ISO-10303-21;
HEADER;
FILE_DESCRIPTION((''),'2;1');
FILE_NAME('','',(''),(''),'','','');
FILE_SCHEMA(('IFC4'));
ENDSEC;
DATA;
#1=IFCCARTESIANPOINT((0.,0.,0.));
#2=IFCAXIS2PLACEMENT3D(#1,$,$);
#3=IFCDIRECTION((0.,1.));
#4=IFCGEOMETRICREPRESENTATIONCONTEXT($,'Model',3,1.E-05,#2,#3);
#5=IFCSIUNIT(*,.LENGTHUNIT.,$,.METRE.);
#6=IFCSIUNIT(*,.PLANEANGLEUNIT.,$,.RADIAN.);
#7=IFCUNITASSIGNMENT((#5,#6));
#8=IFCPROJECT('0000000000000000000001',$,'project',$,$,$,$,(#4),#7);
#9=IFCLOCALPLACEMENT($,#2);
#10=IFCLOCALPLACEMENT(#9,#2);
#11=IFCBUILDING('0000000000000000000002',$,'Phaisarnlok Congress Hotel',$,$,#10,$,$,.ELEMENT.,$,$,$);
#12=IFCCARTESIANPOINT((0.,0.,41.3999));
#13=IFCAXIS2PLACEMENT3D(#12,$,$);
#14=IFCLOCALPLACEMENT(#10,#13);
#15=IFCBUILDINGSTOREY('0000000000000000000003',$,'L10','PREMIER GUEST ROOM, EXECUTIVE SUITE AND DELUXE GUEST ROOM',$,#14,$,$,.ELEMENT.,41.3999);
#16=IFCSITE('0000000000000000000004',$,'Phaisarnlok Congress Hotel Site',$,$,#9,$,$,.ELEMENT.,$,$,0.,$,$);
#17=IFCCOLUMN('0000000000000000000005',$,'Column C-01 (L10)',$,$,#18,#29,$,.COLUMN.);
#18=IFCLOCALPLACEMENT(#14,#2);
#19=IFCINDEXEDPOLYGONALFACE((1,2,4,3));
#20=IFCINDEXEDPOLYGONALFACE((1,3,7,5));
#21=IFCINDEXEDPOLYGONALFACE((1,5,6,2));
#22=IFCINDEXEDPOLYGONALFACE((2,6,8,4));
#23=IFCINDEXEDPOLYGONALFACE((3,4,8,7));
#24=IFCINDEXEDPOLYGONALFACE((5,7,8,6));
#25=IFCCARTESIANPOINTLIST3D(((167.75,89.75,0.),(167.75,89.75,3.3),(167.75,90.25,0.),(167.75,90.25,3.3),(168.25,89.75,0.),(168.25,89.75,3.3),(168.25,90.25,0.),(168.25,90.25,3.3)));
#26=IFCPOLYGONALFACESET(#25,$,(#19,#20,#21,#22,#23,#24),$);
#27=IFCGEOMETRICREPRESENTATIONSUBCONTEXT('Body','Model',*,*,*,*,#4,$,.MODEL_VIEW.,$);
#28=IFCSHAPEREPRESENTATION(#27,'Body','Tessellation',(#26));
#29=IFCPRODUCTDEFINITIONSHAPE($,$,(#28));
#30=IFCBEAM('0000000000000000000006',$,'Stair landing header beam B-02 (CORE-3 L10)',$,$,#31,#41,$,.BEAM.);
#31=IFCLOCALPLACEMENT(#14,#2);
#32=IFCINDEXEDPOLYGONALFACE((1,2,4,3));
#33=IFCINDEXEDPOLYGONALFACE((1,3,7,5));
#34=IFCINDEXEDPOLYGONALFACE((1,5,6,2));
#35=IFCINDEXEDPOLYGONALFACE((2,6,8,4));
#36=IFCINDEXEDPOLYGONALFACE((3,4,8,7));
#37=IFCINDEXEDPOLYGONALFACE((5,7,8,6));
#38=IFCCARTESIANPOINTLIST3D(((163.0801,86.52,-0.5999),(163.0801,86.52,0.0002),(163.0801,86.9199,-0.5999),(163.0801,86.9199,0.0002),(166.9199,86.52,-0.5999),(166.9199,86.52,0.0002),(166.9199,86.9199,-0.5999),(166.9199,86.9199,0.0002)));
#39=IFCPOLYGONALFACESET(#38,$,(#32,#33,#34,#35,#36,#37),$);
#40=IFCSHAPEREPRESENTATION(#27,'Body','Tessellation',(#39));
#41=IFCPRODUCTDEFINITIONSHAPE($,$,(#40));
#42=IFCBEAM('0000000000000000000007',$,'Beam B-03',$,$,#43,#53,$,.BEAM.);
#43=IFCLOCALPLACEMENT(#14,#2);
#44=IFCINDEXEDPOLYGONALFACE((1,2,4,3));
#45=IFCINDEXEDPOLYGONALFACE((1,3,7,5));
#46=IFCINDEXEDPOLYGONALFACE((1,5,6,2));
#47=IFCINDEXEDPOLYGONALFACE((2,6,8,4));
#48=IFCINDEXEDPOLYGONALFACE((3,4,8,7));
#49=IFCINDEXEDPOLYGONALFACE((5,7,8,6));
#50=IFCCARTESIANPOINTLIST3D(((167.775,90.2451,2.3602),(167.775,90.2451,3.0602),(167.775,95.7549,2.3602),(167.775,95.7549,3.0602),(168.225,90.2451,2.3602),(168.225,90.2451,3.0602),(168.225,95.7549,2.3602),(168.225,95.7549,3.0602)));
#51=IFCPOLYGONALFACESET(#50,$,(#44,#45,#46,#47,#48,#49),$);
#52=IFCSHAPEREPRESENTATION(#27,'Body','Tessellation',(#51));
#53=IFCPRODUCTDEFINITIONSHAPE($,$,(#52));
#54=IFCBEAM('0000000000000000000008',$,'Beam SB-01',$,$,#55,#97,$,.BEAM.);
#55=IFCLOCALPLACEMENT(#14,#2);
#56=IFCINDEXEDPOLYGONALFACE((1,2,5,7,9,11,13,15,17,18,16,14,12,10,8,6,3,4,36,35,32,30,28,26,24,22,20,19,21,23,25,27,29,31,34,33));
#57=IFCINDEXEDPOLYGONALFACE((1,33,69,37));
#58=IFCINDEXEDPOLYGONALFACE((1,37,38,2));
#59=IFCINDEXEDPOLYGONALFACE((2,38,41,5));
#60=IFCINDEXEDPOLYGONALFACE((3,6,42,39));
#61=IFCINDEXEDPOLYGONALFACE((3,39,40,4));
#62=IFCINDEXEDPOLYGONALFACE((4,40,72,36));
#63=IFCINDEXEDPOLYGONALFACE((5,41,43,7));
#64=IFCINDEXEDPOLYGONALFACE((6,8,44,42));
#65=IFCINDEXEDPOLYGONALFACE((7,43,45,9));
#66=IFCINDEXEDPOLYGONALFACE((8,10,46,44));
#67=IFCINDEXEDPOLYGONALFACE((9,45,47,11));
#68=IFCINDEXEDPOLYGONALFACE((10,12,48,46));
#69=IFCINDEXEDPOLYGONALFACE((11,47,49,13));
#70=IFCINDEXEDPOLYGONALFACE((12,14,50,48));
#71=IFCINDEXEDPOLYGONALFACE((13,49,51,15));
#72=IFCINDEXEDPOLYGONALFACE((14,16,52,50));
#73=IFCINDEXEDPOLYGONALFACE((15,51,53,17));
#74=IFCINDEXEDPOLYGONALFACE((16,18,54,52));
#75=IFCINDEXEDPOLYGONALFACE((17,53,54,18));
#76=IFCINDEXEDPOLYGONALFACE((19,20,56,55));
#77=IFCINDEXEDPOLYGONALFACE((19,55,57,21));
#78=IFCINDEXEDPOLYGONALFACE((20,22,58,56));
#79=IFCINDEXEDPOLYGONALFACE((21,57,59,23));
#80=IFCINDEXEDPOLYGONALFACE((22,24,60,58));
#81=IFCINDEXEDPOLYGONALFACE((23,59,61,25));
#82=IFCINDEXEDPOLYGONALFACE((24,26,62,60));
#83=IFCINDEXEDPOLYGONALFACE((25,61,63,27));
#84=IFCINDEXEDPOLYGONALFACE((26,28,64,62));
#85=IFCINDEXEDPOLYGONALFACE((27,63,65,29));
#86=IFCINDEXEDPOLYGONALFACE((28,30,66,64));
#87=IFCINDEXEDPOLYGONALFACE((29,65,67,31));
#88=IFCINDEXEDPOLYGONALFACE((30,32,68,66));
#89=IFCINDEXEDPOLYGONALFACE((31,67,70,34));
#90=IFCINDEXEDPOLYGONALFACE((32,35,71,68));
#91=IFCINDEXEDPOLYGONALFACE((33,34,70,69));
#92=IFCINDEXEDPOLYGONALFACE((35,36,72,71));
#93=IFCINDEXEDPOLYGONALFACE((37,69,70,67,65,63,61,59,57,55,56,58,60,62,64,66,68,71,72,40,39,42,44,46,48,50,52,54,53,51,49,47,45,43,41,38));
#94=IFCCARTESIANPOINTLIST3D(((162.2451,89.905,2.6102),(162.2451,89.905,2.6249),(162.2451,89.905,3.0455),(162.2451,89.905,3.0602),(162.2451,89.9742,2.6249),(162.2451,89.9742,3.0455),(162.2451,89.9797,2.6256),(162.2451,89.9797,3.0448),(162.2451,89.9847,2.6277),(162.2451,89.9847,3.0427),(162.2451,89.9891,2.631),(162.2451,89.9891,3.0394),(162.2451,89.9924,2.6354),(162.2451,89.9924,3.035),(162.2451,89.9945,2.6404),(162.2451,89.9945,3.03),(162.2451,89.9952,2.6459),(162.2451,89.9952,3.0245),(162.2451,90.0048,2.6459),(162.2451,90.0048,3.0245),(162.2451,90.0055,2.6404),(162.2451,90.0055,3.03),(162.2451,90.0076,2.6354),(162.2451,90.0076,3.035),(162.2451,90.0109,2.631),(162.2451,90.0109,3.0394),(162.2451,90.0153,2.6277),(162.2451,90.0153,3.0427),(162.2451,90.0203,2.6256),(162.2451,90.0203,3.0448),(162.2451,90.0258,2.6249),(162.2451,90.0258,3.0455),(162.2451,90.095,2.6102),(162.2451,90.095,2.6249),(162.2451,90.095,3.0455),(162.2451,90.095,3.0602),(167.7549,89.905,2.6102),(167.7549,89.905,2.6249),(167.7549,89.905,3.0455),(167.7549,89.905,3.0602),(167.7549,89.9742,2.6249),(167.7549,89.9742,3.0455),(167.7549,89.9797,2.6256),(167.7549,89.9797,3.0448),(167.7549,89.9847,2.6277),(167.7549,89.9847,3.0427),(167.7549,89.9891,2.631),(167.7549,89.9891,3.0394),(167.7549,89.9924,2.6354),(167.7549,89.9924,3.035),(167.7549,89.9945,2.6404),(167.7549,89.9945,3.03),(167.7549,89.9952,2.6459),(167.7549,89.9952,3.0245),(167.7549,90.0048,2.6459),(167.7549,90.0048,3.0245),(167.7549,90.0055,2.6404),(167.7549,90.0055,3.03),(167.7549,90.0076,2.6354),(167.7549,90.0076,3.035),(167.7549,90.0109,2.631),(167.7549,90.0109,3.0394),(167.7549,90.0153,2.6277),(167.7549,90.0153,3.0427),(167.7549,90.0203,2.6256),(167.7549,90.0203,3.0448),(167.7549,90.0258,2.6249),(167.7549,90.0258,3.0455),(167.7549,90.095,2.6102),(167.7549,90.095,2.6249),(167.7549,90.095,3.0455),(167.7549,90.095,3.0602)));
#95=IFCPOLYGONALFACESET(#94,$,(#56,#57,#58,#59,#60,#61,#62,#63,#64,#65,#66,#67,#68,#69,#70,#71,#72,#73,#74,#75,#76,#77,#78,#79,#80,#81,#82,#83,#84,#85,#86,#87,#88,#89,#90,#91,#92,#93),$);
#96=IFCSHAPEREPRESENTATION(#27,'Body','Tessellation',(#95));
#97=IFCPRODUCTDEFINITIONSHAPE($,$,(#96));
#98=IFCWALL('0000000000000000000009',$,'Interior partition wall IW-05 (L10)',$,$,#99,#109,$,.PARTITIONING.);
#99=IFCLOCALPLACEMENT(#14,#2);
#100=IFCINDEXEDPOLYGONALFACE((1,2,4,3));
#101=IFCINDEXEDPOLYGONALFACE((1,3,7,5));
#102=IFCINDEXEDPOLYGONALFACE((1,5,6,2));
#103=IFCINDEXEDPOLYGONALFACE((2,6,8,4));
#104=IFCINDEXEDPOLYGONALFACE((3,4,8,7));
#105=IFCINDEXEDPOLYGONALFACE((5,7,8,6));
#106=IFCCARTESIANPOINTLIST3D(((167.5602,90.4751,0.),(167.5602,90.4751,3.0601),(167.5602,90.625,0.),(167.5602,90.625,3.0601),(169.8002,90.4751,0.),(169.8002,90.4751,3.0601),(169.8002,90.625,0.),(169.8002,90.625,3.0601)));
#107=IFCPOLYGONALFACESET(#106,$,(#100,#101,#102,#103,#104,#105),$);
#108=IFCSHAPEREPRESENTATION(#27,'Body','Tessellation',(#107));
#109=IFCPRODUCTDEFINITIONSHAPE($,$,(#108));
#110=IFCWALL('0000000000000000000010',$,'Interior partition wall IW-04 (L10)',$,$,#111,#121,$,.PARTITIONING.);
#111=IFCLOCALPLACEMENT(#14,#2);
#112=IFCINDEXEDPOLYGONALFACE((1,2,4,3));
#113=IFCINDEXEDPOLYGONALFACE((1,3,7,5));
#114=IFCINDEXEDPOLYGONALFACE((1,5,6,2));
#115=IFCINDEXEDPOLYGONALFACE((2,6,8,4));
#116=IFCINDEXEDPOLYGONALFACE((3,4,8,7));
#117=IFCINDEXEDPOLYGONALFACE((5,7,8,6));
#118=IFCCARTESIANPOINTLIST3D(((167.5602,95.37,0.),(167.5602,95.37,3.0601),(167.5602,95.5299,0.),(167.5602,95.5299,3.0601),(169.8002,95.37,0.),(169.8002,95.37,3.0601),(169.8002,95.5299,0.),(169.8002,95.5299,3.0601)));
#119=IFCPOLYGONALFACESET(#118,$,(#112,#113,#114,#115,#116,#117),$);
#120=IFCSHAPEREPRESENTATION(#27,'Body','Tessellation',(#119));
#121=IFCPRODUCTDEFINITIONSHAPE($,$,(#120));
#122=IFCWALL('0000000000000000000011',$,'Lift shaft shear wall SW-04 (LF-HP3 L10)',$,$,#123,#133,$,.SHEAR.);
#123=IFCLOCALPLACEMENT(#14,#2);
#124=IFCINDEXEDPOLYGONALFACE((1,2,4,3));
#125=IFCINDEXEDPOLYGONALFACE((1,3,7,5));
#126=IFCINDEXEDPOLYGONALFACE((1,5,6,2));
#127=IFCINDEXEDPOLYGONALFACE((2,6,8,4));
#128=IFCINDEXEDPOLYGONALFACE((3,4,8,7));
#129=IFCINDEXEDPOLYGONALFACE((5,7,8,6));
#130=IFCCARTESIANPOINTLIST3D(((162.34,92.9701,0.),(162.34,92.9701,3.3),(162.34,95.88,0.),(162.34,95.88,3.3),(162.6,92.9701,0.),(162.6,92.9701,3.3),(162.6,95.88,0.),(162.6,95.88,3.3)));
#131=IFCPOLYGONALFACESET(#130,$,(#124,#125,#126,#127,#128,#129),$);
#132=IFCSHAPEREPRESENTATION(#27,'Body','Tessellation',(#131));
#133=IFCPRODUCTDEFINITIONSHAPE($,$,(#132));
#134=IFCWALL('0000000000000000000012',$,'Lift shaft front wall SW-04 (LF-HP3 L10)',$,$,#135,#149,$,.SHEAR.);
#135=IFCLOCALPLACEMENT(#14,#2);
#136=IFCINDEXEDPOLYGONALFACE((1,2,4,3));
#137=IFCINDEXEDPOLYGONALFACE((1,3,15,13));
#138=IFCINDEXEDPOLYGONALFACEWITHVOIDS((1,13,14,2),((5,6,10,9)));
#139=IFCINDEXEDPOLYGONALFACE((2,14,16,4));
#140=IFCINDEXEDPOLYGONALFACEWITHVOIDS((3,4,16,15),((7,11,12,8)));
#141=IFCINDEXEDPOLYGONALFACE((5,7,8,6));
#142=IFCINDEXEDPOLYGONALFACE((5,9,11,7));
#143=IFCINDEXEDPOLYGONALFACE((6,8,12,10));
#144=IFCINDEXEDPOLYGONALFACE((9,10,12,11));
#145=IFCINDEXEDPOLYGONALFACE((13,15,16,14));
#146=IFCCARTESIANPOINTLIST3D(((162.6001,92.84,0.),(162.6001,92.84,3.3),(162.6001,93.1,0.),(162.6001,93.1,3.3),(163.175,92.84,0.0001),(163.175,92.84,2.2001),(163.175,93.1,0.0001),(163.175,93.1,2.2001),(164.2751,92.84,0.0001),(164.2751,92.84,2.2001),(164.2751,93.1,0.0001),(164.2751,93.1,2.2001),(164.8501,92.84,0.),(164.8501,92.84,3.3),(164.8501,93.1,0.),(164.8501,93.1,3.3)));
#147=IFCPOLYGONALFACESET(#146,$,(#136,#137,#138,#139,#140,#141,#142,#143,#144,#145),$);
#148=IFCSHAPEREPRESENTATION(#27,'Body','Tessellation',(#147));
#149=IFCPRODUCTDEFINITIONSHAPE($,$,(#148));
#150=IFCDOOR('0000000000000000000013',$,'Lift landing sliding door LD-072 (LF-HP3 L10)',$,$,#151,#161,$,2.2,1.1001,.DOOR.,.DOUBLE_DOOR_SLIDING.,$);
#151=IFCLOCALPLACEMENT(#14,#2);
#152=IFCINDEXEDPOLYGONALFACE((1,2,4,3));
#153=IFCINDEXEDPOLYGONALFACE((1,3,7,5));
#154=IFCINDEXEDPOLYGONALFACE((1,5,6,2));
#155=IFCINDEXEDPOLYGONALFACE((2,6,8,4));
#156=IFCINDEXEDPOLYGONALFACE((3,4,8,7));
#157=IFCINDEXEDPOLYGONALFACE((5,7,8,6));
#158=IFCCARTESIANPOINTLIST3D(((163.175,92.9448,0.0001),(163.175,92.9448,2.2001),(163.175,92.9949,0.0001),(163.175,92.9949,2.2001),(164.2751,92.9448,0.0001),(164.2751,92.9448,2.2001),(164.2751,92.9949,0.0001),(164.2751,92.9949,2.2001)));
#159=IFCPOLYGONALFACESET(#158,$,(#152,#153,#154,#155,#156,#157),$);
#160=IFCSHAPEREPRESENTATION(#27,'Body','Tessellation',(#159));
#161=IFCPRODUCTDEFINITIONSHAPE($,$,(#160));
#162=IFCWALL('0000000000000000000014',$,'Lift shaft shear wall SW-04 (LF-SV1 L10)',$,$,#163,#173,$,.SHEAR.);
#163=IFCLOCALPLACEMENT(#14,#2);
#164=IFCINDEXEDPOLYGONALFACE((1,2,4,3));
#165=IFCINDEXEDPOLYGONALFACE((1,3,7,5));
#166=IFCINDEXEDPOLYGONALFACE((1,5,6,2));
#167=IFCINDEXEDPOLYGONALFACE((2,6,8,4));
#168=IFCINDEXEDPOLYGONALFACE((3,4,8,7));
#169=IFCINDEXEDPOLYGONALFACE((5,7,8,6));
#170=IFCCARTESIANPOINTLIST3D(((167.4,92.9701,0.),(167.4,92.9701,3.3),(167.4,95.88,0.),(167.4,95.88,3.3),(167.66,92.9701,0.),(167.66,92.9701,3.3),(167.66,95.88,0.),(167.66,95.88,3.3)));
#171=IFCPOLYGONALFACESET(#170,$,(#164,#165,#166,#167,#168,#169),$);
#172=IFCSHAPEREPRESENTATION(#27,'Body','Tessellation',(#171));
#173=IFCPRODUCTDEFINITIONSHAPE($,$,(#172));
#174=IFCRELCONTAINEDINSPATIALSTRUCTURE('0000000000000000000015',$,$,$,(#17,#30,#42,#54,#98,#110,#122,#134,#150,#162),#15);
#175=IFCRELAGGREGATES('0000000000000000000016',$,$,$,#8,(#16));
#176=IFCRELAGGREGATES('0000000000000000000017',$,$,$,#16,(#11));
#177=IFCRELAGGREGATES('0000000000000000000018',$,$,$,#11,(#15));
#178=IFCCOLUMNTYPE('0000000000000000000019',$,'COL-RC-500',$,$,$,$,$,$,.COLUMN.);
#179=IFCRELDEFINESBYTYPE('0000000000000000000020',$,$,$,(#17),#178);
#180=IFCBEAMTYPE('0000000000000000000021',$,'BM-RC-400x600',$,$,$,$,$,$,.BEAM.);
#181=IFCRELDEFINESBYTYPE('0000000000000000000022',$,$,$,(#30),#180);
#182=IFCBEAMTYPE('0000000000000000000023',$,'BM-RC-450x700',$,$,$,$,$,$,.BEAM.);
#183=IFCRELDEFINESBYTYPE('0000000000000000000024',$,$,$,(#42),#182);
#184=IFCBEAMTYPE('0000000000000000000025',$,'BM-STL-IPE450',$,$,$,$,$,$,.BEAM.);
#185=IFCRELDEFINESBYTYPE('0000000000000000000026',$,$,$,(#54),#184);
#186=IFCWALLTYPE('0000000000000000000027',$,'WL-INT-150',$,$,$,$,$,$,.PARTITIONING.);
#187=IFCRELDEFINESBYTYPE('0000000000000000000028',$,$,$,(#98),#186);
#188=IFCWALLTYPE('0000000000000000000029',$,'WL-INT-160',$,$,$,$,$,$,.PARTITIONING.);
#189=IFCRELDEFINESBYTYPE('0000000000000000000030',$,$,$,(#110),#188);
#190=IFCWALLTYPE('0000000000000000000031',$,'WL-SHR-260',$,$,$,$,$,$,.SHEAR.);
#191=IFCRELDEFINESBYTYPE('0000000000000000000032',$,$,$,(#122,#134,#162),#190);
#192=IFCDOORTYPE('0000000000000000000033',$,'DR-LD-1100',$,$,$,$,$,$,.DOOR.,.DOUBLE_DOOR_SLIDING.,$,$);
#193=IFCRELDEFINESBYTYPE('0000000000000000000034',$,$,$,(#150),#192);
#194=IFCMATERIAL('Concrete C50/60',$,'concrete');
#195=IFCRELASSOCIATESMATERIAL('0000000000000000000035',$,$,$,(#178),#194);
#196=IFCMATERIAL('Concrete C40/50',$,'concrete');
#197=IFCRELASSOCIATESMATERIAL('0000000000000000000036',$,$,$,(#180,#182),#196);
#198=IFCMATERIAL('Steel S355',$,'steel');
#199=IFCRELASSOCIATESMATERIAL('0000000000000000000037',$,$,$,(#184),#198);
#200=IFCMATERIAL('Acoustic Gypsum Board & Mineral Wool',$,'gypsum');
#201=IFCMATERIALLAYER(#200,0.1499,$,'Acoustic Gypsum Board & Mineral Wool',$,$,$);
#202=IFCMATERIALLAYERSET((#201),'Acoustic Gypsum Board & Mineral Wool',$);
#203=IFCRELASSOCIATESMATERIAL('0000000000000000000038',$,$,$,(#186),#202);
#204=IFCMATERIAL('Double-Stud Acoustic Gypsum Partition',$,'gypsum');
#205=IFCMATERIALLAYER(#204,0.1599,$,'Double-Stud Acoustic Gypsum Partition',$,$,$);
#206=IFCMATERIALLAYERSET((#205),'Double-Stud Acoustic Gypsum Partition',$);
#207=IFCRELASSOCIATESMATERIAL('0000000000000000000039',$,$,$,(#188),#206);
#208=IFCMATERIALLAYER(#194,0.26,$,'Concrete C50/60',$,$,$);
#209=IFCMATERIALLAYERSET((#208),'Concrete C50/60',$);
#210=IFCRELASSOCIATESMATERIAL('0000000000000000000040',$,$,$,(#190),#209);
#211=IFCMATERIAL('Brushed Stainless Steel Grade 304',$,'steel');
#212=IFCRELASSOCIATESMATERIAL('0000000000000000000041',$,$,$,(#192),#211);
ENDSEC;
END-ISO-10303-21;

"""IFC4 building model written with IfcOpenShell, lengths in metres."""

from ifc_helpers import new_model, si_unit, direction, frame, frame_2d, origin, origin_2d, place, context, subcontext, project, spatial, rectangle, i_section, extrude, material, layer, layer_set, material_profile, profile_set, type_object, element, fill, save


model = new_model("IFC4")

# Units and contexts
model_context = context("Model", 3, precision=1e-05, world=origin(), true_north=direction((0.0, 1.0)))
body_context = subcontext(model_context, "Body", "Model", "MODEL_VIEW")
ifc_project = project(units=[si_unit("LENGTHUNIT", "METRE"), si_unit("PLANEANGLEUNIT", "RADIAN")], contexts=[model_context])

# Site, building, storey
site_placement = place(None, origin())
site = spatial("IfcSite", under=ifc_project, at=site_placement, Name="Phaisarnlok Congress Hotel Site", CompositionType="ELEMENT", RefElevation=0.0)
building_placement = place(site_placement, origin())
building = spatial("IfcBuilding", under=site, at=building_placement, Name="Phaisarnlok Congress Hotel", CompositionType="ELEMENT")
storey_placement = place(building_placement, frame((0.0, 0.0, 41.3999)))
storey = spatial("IfcBuildingStorey", under=building, at=storey_placement, Name="L10", Description="PREMIER GUEST ROOM, EXECUTIVE SUITE AND DELUXE GUEST ROOM", CompositionType="ELEMENT", Elevation=41.3999)

# Column
ifc_material_1 = material(Name="Concrete C50/60", Category="concrete")
ifc_material_profile_1 = material_profile(ifc_material_1, rectangle(XDim=0.5, YDim=0.5, at=origin_2d()), Name="RC 500x500")
ifc_profile_set_1 = profile_set([ifc_material_profile_1], Name="Concrete C50/60")
column_type = type_object("IfcColumnType", Name="COL-RC-500", PredefinedType="COLUMN", material=ifc_profile_set_1)
column_placement = place(storey_placement, frame((168.0, 90.0, 0.0), z_axis=(0.0, 0.0, 1.0), x_axis=(1.0, 0.0, 0.0)))
element("IfcColumn", 1, at=column_placement, inside=storey, type_object=column_type, Name="Column C-01 (L10)", PredefinedType="COLUMN", context=body_context, shape_type="SweptSolid", body=[
    extrude(rectangle(XDim=0.5, YDim=0.5, at=origin_2d()), origin(), (0.0, 0.0, 1.0), 3.3),
])

# Beams
ifc_material_2 = material(Name="Concrete C40/50", Category="concrete")
ifc_material_profile_2 = material_profile(ifc_material_2, rectangle(XDim=0.3999, YDim=0.6001, at=origin_2d()), Name="RC 400x600")
ifc_profile_set_2 = profile_set([ifc_material_profile_2], Name="Concrete C40/50")
beam_type_1 = type_object("IfcBeamType", Name="BM-RC-400x600", PredefinedType="BEAM", material=ifc_profile_set_2)
beam_1_placement = place(storey_placement, frame((163.0801, 86.72, -0.2998), z_axis=(1.0, 0.0, 0.0), x_axis=(0.0, 1.0, 0.0)))
element("IfcBeam", 2, at=beam_1_placement, inside=storey, type_object=beam_type_1, Name="Stair landing header beam B-02 (CORE-3 L10)", PredefinedType="BEAM", context=body_context, shape_type="SweptSolid", body=[
    extrude(rectangle(XDim=0.3999, YDim=0.6001, at=origin_2d()), origin(), (0.0, 0.0, 1.0), 3.8398),
])
ifc_material_profile_3 = material_profile(ifc_material_2, rectangle(XDim=0.45, YDim=0.7, at=origin_2d()), Name="RC 450x700")
ifc_profile_set_3 = profile_set([ifc_material_profile_3], Name="Concrete C40/50")
beam_type_2 = type_object("IfcBeamType", Name="BM-RC-450x700", PredefinedType="BEAM", material=ifc_profile_set_3)
beam_2_placement = place(storey_placement, frame((168.0, 90.2451, 2.7102), z_axis=(0.0, 1.0, 0.0), x_axis=(-1.0, 0.0, 0.0)))
element("IfcBeam", 3, at=beam_2_placement, inside=storey, type_object=beam_type_2, Name="Beam B-03", PredefinedType="BEAM", context=body_context, shape_type="SweptSolid", body=[
    extrude(rectangle(XDim=0.45, YDim=0.7, at=origin_2d()), origin(), (0.0, 0.0, 1.0), 5.5098),
])
ifc_material_3 = material(Name="Steel S355", Category="steel")
ifc_material_profile_4 = material_profile(ifc_material_3, i_section(OverallWidth=0.1899, OverallDepth=0.45, WebThickness=0.0095, FlangeThickness=0.0146, FilletRadius=0.021, at=origin_2d()), Name="IPE 450")
ifc_profile_set_4 = profile_set([ifc_material_profile_4], Name="Steel S355")
beam_type_3 = type_object("IfcBeamType", Name="BM-STL-IPE450", PredefinedType="BEAM", material=ifc_profile_set_4)
beam_3_placement = place(storey_placement, frame((162.2451, 90.0, 2.8352), z_axis=(1.0, 0.0, 0.0), x_axis=(0.0, 1.0, 0.0)))
element("IfcBeam", 4, at=beam_3_placement, inside=storey, type_object=beam_type_3, Name="Beam SB-01", PredefinedType="BEAM", context=body_context, shape_type="SweptSolid", body=[
    extrude(i_section(OverallWidth=0.1899, OverallDepth=0.45, WebThickness=0.0095, FlangeThickness=0.0146, FilletRadius=0.021, at=origin_2d()), origin(), (0.0, 0.0, 1.0), 5.5098),
])

# Walls
ifc_material_4 = material(Name="Acoustic Gypsum Board & Mineral Wool", Category="gypsum")
ifc_layer_1 = layer(ifc_material_4, 0.1499, Name="Acoustic Gypsum Board & Mineral Wool")
ifc_layer_set_1 = layer_set([ifc_layer_1], Name="Acoustic Gypsum Board & Mineral Wool")
wall_type_1 = type_object("IfcWallType", Name="WL-INT-150", PredefinedType="PARTITIONING", material=ifc_layer_set_1)
wall_1_placement = place(storey_placement, frame((167.5601, 90.55, 0.0), z_axis=(0.0, 0.0, 1.0), x_axis=(1.0, 0.0, 0.0)))
element("IfcWall", 5, at=wall_1_placement, inside=storey, type_object=wall_type_1, Name="Interior partition wall IW-05 (L10)", PredefinedType="PARTITIONING", context=body_context, shape_type="SweptSolid", body=[
    extrude(rectangle(XDim=2.24, YDim=0.1499, at=frame_2d((1.1201, 0.0))), origin(), (0.0, 0.0, 1.0), 3.0601),
])
ifc_material_5 = material(Name="Double-Stud Acoustic Gypsum Partition", Category="gypsum")
ifc_layer_2 = layer(ifc_material_5, 0.1599, Name="Double-Stud Acoustic Gypsum Partition")
ifc_layer_set_2 = layer_set([ifc_layer_2], Name="Double-Stud Acoustic Gypsum Partition")
wall_type_2 = type_object("IfcWallType", Name="WL-INT-160", PredefinedType="PARTITIONING", material=ifc_layer_set_2)
wall_2_placement = place(storey_placement, frame((167.5601, 95.45, 0.0), z_axis=(0.0, 0.0, 1.0), x_axis=(1.0, 0.0, 0.0)))
element("IfcWall", 6, at=wall_2_placement, inside=storey, type_object=wall_type_2, Name="Interior partition wall IW-04 (L10)", PredefinedType="PARTITIONING", context=body_context, shape_type="SweptSolid", body=[
    extrude(rectangle(XDim=2.24, YDim=0.1599, at=frame_2d((1.1201, 0.0))), origin(), (0.0, 0.0, 1.0), 3.0601),
])

# Shared definitions
ifc_layer_3 = layer(ifc_material_1, 0.26, Name="Concrete C50/60")
ifc_layer_set_3 = layer_set([ifc_layer_3], Name="Concrete C50/60")
wall_type_3 = type_object("IfcWallType", Name="WL-SHR-260", PredefinedType="SHEAR", material=ifc_layer_set_3)

# Wall
wall_3_placement = place(storey_placement, frame((162.47, 92.97, 0.0), z_axis=(0.0, 0.0, 1.0), x_axis=(0.0, 1.0, 0.0)))
element("IfcWall", 7, at=wall_3_placement, inside=storey, type_object=wall_type_3, Name="Lift shaft shear wall SW-04 (LF-HP3 L10)", PredefinedType="SHEAR", context=body_context, shape_type="SweptSolid", body=[
    extrude(rectangle(XDim=2.9099, YDim=0.26, at=frame_2d((1.4551, 0.0))), origin(), (0.0, 0.0, 1.0), 3.3),
])

# Wall, opening, door
wall_4_placement = place(storey_placement, frame((162.6001, 92.97, 0.0), z_axis=(0.0, 0.0, 1.0), x_axis=(1.0, 0.0, 0.0)))
wall_4 = element("IfcWall", 8, at=wall_4_placement, inside=storey, type_object=wall_type_3, Name="Lift shaft front wall SW-04 (LF-HP3 L10)", PredefinedType="SHEAR", context=body_context, shape_type="SweptSolid", body=[
    extrude(rectangle(XDim=2.25, YDim=0.26, at=frame_2d((1.125, 0.0))), origin(), (0.0, 0.0, 1.0), 3.3),
])
opening_1_placement = place(wall_4_placement, frame((0.575, 0.0, 0.0)))
opening_1 = element("IfcOpeningElement", 9, at=opening_1_placement, cuts=wall_4, PredefinedType="OPENING", context=body_context, shape_type="SweptSolid", body=[
    extrude(rectangle(XDim=1.1001, YDim=2.2, at=frame_2d((0.55, 1.1001))), frame((0.0, 0.1401, 0.0), z_axis=(0.0, -1.0, 0.0), x_axis=(1.0, 0.0, 0.0)), (0.0, 0.0, 1.0), 0.28),
])
ifc_material_6 = material(Name="Brushed Stainless Steel Grade 304", Category="steel")
door_type_1 = type_object("IfcDoorType", Name="DR-LD-1100", OperationType="DOUBLE_DOOR_SLIDING", PredefinedType="DOOR", material=ifc_material_6)
door_1_placement = place(opening_1_placement, origin())
door_1 = element("IfcDoor", 10, at=door_1_placement, inside=storey, type_object=door_type_1, Name="Lift landing sliding door LD-072 (LF-HP3 L10)", OperationType="DOUBLE_DOOR_SLIDING", OverallHeight=2.2, OverallWidth=1.1001, PredefinedType="DOOR", context=body_context, shape_type="SweptSolid", body=[
    extrude(rectangle(XDim=1.1001, YDim=2.2, at=frame_2d((0.55, 1.1001))), frame((0.0, 0.0249, 0.0), z_axis=(0.0, -1.0, 0.0), x_axis=(1.0, 0.0, 0.0)), (0.0, 0.0, 1.0), 0.05),
])
fill(opening_1, door_1)

# Wall
wall_5_placement = place(storey_placement, frame((167.53, 92.97, 0.0), z_axis=(0.0, 0.0, 1.0), x_axis=(0.0, 1.0, 0.0)))
element("IfcWall", 11, at=wall_5_placement, inside=storey, type_object=wall_type_3, Name="Lift shaft shear wall SW-04 (LF-SV1 L10)", PredefinedType="SHEAR", context=body_context, shape_type="SweptSolid", body=[
    extrude(rectangle(XDim=2.9099, YDim=0.26, at=frame_2d((1.4551, 0.0))), origin(), (0.0, 0.0, 1.0), 3.3),
])

save(model, "model.ifc")
